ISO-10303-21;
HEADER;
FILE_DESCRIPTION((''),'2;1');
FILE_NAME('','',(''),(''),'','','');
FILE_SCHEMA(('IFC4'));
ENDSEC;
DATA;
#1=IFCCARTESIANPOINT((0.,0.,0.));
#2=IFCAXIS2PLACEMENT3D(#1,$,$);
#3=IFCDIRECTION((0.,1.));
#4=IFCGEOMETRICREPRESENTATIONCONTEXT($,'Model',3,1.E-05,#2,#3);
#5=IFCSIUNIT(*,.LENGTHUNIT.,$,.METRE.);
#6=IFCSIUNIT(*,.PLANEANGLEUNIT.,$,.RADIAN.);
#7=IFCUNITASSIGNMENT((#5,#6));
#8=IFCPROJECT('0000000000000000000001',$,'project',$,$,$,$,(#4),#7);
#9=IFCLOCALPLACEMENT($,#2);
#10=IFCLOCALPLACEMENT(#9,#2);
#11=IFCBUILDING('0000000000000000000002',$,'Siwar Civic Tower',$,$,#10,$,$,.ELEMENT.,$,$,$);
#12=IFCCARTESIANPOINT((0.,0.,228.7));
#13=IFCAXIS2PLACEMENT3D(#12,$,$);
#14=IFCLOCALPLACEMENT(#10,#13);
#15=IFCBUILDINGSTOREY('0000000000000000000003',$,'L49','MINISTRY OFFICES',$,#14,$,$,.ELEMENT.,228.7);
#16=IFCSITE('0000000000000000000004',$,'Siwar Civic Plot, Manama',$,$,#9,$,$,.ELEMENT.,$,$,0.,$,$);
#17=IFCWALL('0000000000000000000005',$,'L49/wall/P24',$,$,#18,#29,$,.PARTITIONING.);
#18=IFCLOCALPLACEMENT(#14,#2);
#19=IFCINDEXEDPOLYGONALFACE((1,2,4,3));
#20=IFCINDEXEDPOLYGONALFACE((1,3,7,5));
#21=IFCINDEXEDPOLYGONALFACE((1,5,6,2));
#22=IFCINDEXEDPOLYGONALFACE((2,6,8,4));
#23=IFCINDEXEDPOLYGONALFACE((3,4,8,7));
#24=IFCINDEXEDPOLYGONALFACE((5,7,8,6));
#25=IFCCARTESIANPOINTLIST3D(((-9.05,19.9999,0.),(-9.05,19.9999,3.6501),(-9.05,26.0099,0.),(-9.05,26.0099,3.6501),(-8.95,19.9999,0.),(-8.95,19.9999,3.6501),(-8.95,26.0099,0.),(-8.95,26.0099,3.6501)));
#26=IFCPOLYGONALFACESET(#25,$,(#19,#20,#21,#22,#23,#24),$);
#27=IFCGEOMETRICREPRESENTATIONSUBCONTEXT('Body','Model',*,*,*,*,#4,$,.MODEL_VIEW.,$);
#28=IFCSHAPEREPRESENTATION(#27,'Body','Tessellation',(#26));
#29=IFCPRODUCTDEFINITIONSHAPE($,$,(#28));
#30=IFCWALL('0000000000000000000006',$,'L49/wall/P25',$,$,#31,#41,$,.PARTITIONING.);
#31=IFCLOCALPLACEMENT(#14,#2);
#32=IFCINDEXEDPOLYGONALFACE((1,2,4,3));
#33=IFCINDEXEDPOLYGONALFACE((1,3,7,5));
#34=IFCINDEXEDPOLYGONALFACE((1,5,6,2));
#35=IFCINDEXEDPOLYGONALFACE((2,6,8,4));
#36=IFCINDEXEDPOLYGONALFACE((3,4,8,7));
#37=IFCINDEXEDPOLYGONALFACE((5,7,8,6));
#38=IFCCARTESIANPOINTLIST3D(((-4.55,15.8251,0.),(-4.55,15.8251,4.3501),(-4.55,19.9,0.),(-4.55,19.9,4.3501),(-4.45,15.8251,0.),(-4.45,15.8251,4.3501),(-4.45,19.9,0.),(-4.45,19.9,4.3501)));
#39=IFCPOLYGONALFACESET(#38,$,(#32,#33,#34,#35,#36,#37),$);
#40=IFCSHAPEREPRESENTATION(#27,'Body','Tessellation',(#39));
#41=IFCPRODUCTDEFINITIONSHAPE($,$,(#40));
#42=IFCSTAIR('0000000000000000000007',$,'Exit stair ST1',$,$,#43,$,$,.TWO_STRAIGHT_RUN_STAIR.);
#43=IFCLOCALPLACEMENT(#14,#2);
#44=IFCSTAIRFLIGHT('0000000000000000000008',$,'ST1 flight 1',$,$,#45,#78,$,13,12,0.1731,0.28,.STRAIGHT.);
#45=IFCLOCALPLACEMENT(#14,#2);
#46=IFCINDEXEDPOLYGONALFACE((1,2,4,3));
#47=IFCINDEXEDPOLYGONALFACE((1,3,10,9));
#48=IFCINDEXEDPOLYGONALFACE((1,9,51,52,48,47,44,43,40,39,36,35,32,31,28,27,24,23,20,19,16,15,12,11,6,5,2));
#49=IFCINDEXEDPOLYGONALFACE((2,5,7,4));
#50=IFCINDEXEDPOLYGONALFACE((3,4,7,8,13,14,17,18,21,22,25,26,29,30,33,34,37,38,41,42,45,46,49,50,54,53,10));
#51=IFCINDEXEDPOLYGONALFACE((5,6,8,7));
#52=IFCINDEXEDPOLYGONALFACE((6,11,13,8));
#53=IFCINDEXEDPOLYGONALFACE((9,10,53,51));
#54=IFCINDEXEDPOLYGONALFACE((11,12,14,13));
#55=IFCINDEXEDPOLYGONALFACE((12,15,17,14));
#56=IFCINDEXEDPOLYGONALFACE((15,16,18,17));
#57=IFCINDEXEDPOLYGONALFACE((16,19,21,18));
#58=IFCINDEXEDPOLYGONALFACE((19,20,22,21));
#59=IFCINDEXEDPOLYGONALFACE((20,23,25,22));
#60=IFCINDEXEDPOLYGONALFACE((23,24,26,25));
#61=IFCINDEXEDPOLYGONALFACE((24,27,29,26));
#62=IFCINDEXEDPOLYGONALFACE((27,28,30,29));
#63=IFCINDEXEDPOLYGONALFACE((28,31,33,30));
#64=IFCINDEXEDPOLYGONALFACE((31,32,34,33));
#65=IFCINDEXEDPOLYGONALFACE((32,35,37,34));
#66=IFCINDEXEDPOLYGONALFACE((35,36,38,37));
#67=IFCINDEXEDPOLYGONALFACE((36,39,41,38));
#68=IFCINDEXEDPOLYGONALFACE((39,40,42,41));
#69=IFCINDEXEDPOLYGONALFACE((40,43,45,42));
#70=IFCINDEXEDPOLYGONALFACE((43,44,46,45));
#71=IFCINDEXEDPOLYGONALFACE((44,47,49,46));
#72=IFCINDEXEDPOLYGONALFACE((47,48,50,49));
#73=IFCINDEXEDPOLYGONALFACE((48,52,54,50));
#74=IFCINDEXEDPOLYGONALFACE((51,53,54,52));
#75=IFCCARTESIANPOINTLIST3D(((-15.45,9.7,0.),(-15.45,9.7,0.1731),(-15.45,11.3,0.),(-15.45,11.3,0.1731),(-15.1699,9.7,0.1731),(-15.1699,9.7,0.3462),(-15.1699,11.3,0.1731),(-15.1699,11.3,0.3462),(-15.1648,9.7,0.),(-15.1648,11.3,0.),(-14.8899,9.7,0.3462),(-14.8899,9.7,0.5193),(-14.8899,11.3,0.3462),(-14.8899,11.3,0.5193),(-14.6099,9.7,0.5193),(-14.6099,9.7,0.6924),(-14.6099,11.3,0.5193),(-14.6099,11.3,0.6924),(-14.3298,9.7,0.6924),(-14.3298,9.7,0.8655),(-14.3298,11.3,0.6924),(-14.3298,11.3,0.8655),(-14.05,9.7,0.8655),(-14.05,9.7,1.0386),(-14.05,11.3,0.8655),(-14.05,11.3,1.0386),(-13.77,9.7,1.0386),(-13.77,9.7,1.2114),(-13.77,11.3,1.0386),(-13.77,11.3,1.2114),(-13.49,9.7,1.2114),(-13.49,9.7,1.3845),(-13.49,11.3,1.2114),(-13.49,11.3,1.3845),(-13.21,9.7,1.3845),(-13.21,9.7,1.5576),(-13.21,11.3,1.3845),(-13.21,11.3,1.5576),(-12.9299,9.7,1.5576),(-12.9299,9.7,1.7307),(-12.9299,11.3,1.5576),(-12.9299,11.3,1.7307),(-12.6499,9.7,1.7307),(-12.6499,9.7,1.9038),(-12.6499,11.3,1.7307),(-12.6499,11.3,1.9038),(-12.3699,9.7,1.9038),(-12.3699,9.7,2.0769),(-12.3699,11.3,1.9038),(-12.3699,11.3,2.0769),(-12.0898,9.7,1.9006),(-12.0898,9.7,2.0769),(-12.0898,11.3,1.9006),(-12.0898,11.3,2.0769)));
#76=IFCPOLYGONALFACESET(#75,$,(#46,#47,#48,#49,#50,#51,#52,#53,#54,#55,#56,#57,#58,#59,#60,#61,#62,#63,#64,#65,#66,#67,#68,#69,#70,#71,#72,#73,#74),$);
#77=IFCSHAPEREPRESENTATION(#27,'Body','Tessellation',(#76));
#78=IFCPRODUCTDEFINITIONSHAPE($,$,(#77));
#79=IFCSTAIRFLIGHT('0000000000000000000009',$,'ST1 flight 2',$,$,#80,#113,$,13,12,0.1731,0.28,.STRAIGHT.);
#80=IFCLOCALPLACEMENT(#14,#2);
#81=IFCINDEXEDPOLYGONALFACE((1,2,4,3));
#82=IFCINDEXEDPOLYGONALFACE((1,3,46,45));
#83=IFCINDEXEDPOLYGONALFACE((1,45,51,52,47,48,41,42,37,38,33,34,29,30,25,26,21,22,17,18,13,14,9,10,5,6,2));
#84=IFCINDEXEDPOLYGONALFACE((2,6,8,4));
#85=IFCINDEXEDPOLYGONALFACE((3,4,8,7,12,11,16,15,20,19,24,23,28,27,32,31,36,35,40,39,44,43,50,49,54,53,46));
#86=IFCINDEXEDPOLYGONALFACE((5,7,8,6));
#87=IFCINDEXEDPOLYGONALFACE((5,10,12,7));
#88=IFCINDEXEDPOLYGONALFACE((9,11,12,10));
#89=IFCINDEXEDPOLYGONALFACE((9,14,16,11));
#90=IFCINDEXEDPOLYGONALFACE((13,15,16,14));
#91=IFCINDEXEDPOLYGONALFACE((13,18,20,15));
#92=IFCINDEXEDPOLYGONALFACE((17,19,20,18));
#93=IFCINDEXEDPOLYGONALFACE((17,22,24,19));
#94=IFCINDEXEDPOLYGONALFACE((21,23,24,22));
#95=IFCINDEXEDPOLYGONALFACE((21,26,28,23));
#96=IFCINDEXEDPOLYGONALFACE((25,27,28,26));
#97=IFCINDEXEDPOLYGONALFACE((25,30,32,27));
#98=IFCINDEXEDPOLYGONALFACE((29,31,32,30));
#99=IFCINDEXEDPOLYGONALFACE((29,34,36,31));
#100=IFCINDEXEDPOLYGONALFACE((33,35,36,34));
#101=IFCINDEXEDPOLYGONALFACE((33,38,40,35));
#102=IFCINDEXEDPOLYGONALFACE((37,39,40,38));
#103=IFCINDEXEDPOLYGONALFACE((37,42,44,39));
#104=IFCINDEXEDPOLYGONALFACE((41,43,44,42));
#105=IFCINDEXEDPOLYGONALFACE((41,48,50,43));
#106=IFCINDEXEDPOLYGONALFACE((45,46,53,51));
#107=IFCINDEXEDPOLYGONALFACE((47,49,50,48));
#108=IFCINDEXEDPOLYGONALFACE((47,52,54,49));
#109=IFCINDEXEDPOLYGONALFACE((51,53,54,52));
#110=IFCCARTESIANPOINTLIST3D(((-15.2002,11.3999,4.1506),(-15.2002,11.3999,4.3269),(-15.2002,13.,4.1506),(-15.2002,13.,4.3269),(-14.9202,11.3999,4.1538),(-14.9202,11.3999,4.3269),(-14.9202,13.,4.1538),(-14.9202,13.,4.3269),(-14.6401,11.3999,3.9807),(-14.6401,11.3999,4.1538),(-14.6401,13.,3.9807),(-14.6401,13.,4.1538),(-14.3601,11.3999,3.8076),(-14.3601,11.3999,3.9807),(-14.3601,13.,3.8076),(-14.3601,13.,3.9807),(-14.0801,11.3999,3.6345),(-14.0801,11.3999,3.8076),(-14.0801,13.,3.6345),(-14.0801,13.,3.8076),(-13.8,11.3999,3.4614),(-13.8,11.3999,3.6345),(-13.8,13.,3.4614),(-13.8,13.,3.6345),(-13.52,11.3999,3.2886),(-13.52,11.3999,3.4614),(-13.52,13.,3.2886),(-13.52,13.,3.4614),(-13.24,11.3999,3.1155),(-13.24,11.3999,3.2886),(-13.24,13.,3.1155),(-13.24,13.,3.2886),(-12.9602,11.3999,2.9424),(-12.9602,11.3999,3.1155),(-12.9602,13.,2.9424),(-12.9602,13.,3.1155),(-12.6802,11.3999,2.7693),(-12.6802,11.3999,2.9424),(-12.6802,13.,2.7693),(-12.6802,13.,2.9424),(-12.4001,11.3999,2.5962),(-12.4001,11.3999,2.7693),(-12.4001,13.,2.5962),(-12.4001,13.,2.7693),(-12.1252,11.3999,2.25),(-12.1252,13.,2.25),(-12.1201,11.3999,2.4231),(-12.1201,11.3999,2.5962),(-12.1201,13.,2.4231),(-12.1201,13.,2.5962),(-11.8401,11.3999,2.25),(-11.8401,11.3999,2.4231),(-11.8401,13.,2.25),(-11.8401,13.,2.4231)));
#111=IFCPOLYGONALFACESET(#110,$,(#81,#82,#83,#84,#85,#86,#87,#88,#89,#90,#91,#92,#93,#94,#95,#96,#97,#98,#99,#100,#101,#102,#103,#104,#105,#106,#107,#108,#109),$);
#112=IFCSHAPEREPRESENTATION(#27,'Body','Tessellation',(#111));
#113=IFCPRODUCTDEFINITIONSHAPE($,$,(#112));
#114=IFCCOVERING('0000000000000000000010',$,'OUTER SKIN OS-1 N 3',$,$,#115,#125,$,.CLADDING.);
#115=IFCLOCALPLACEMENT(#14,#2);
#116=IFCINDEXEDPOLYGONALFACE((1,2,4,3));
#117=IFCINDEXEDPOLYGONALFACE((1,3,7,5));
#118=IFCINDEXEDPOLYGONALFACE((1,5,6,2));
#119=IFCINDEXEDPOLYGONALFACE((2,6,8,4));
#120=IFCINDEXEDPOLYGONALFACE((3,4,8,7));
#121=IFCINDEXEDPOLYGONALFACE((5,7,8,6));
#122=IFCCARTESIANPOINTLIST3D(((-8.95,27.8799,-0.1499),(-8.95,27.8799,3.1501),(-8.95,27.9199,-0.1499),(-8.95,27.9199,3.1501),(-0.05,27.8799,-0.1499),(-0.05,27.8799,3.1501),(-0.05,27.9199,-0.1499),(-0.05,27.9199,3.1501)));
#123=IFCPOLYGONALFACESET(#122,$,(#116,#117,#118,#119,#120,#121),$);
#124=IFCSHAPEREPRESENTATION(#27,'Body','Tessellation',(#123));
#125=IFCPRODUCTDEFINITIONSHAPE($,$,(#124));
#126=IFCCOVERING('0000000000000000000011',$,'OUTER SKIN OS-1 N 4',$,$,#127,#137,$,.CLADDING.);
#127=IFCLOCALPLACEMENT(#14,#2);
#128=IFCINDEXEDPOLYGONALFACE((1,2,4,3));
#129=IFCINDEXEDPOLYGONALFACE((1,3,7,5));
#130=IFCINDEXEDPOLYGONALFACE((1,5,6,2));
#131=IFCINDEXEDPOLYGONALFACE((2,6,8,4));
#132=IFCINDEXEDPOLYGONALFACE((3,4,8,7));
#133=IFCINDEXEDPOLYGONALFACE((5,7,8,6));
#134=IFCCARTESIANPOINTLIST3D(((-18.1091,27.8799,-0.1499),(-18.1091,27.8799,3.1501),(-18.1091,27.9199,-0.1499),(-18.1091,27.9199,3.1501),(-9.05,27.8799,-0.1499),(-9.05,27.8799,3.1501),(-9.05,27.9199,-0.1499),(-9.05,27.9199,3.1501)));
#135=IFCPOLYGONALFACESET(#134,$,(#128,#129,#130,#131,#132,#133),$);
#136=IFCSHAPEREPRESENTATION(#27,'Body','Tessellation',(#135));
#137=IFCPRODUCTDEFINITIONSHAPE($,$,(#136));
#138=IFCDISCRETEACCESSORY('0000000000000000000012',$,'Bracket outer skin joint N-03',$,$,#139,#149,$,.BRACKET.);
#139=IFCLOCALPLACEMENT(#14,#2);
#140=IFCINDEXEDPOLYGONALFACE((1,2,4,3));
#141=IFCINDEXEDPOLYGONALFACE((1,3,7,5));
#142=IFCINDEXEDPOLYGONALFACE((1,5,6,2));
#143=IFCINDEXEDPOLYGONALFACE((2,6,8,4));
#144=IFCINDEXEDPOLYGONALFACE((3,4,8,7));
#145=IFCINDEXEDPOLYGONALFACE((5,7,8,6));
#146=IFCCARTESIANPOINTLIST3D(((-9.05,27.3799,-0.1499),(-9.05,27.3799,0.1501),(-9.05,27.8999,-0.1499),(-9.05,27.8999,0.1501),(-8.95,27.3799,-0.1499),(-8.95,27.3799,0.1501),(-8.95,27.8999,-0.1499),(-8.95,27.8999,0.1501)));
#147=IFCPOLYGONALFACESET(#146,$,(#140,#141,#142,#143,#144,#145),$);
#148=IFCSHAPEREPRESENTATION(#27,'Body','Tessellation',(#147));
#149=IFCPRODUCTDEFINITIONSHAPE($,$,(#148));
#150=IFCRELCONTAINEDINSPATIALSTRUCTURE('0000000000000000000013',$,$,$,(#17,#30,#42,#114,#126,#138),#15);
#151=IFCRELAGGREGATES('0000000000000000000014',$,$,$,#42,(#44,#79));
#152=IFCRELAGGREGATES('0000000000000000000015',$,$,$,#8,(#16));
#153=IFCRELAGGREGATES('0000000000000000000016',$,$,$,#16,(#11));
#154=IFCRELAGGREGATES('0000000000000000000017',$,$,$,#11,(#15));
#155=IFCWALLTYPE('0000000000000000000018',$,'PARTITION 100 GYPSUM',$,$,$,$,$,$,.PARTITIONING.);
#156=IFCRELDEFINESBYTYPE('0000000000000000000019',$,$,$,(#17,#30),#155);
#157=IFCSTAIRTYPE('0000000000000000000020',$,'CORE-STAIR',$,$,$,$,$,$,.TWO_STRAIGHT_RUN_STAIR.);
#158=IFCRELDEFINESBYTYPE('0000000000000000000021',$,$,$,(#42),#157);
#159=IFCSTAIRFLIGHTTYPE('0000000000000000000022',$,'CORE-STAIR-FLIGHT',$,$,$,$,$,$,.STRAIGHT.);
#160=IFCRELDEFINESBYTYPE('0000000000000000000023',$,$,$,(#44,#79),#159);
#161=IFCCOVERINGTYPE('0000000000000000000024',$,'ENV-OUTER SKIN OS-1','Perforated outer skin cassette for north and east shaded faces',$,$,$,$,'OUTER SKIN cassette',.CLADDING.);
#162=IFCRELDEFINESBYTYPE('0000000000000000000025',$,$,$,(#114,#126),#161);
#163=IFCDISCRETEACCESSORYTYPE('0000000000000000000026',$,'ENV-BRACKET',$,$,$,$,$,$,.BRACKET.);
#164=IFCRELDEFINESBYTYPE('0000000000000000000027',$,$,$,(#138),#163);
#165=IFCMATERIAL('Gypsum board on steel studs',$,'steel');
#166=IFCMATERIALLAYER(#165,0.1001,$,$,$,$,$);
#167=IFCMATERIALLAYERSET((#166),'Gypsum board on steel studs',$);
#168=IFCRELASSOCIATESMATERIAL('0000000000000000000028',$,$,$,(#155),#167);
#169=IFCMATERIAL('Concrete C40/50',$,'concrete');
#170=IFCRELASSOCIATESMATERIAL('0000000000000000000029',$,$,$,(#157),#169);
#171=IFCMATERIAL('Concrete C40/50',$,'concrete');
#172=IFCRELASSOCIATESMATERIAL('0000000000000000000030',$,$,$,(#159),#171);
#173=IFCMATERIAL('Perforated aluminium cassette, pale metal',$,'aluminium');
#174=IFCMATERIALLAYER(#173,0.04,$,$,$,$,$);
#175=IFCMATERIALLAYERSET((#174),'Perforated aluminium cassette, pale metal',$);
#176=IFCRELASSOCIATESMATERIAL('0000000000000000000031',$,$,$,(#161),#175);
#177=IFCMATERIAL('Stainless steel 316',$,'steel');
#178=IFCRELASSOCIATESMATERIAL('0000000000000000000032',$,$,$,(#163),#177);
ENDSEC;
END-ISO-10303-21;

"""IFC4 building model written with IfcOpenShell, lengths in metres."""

from ifc_helpers import new_model, si_unit, direction, frame, frame_2d, origin, origin_2d, place, context, subcontext, project, spatial, polyline, rectangle, outline, extrude, material, layer, layer_set, type_object, element, aggregate, save


model = new_model("IFC4")

# Units and contexts
model_context = context("Model", 3, precision=1e-05, world=origin(), true_north=direction((0.0, 1.0)))
body_context = subcontext(model_context, "Body", "Model", "MODEL_VIEW")
ifc_project = project(units=[si_unit("LENGTHUNIT", "METRE"), si_unit("PLANEANGLEUNIT", "RADIAN")], contexts=[model_context])

# Site, building, storey
site_placement = place(None, origin())
site = spatial("IfcSite", under=ifc_project, at=site_placement, Name="Siwar Civic Plot, Manama", CompositionType="ELEMENT", RefElevation=0.0)
building_placement = place(site_placement, origin())
building = spatial("IfcBuilding", under=site, at=building_placement, Name="Siwar Civic Tower", CompositionType="ELEMENT")
storey_placement = place(building_placement, frame((0.0, 0.0, 228.7)))
storey = spatial("IfcBuildingStorey", under=building, at=storey_placement, Name="L49", Description="MINISTRY OFFICES", CompositionType="ELEMENT", Elevation=228.7)

# Walls
ifc_material_1 = material(Name="Gypsum board on steel studs", Category="steel")
ifc_layer_1 = layer(ifc_material_1, 0.1001)
ifc_layer_set_1 = layer_set([ifc_layer_1], Name="Gypsum board on steel studs")
wall_type_1 = type_object("IfcWallType", Name="PARTITION 100 GYPSUM", PredefinedType="PARTITIONING", material=ifc_layer_set_1)
wall_1_placement = place(storey_placement, frame((-9.0, 20.0, 0.0), z_axis=(0.0, 0.0, 1.0), x_axis=(0.0, 1.0, 0.0)))
element("IfcWall", 1, at=wall_1_placement, inside=storey, type_object=wall_type_1, Name="L49/wall/P24", PredefinedType="PARTITIONING", context=body_context, shape_type="SweptSolid", body=[
    extrude(rectangle(XDim=6.01, YDim=0.1001, at=frame_2d((3.0049, 0.0))), origin(), (0.0, 0.0, 1.0), 3.6501),
])
wall_2_placement = place(storey_placement, frame((-4.5, 15.825, 0.0), z_axis=(0.0, 0.0, 1.0), x_axis=(0.0, 1.0, 0.0)))
element("IfcWall", 2, at=wall_2_placement, inside=storey, type_object=wall_type_1, Name="L49/wall/P25", PredefinedType="PARTITIONING", context=body_context, shape_type="SweptSolid", body=[
    extrude(rectangle(XDim=4.075, YDim=0.1001, at=frame_2d((2.0376, 0.0))), origin(), (0.0, 0.0, 1.0), 4.3501),
])

# Stair, stair flights
ifc_material_2 = material(Name="Concrete C40/50", Category="concrete")
stair_type = type_object("IfcStairType", Name="CORE-STAIR", PredefinedType="TWO_STRAIGHT_RUN_STAIR", material=ifc_material_2)
stair_placement = place(storey_placement, origin())
stair = element("IfcStair", 3, at=stair_placement, inside=storey, type_object=stair_type, Name="Exit stair ST1", PredefinedType="TWO_STRAIGHT_RUN_STAIR")
ifc_material_3 = material(Name="Concrete C40/50", Category="concrete")
stair_flight_type = type_object("IfcStairFlightType", Name="CORE-STAIR-FLIGHT", PredefinedType="STRAIGHT", material=ifc_material_3)
stair_flight_1_placement = place(storey_placement, frame((-15.45, 10.5, 0.0), z_axis=(0.0, 0.0, 1.0), x_axis=(1.0, 0.0, 0.0)))
stair_flight_1 = element("IfcStairFlight", 4, at=stair_flight_1_placement, type_object=stair_flight_type, Name="ST1 flight 1", NumberOfRisers=13, NumberOfTreads=12, PredefinedType="STRAIGHT", RiserHeight=0.1731, TreadLength=0.28, context=body_context, shape_type="SweptSolid", body=[
    extrude(outline(polyline([(0.0, 0.0), (0.0, 0.1731), (0.28, 0.1731), (0.28, 0.3462), (0.5601, 0.3462), (0.5601, 0.5193), (0.8401, 0.5193), (0.8401, 0.6924), (1.1201, 0.6924), (1.1201, 0.8655), (1.3999, 0.8655), (1.3999, 1.0386), (1.6799, 1.0386), (1.6799, 1.2114), (1.96, 1.2114), (1.96, 1.3845), (2.24, 1.3845), (2.24, 1.5576), (2.52, 1.5576), (2.52, 1.7307), (2.8, 1.7307), (2.8, 1.9038), (3.0801, 1.9038), (3.0801, 2.0769), (3.3601, 2.0769), (3.3601, 2.25), (3.3601, 1.9006), (0.2852, 0.0), (0.0, 0.0)])), frame((0.0, 0.8, 0.0), z_axis=(0.0, -1.0, 0.0), x_axis=(1.0, 0.0, 0.0)), (0.0, 0.0, 1.0), 1.6001),
])
stair_flight_2_placement = place(storey_placement, frame((-11.8401, 12.2, 2.25), z_axis=(0.0, 0.0, 1.0), x_axis=(-1.0, 0.0, 0.0)))
stair_flight_2 = element("IfcStairFlight", 5, at=stair_flight_2_placement, type_object=stair_flight_type, Name="ST1 flight 2", NumberOfRisers=13, NumberOfTreads=12, PredefinedType="STRAIGHT", RiserHeight=0.1731, TreadLength=0.28, context=body_context, shape_type="SweptSolid", body=[
    extrude(outline(polyline([(0.0, 0.0), (0.0, 0.1731), (0.28, 0.1731), (0.28, 0.3462), (0.5601, 0.3462), (0.5601, 0.5193), (0.8401, 0.5193), (0.8401, 0.6924), (1.1201, 0.6924), (1.1201, 0.8655), (1.3999, 0.8655), (1.3999, 1.0386), (1.6799, 1.0386), (1.6799, 1.2114), (1.96, 1.2114), (1.96, 1.3845), (2.24, 1.3845), (2.24, 1.5576), (2.52, 1.5576), (2.52, 1.7307), (2.8, 1.7307), (2.8, 1.9038), (3.0801, 1.9038), (3.0801, 2.0769), (3.3601, 2.0769), (3.3601, 2.25), (3.3601, 1.9006), (0.2852, 0.0), (0.0, 0.0)])), frame((0.0, 0.8, 0.0), z_axis=(0.0, -1.0, 0.0), x_axis=(1.0, 0.0, 0.0)), (0.0, 0.0, 1.0), 1.6001),
])
aggregate(stair, [stair_flight_1, stair_flight_2])

# Coverings
ifc_material_4 = material(Name="Perforated aluminium cassette, pale metal", Category="aluminium")
ifc_layer_2 = layer(ifc_material_4, 0.04)
ifc_layer_set_2 = layer_set([ifc_layer_2], Name="Perforated aluminium cassette, pale metal")
covering_type = type_object("IfcCoveringType", Name="ENV-OUTER SKIN OS-1", Description="Perforated outer skin cassette for north and east shaded faces", ElementType="OUTER SKIN cassette", PredefinedType="CLADDING", material=ifc_layer_set_2)
covering_1_placement = place(storey_placement, frame((-4.5, 27.8999, -0.1499), z_axis=(0.0, 0.0, 1.0), x_axis=(-1.0, 0.0, 0.0)))
element("IfcCovering", 6, at=covering_1_placement, inside=storey, type_object=covering_type, Name="OUTER SKIN OS-1 N 3", PredefinedType="CLADDING", context=body_context, shape_type="SweptSolid", body=[
    extrude(rectangle(XDim=8.8999, YDim=0.04, at=origin_2d()), origin(), (0.0, 0.0, 1.0), 3.3),
])
covering_2_placement = place(storey_placement, frame((-13.5796, 27.8999, -0.1499), z_axis=(0.0, 0.0, 1.0), x_axis=(-1.0, 0.0, 0.0)))
element("IfcCovering", 7, at=covering_2_placement, inside=storey, type_object=covering_type, Name="OUTER SKIN OS-1 N 4", PredefinedType="CLADDING", context=body_context, shape_type="SweptSolid", body=[
    extrude(rectangle(XDim=9.0591, YDim=0.04, at=origin_2d()), origin(), (0.0, 0.0, 1.0), 3.3),
])

# Discrete accessory
ifc_material_5 = material(Name="Stainless steel 316", Category="steel")
discrete_accessory_type = type_object("IfcDiscreteAccessoryType", Name="ENV-BRACKET", PredefinedType="BRACKET", material=ifc_material_5)
discrete_accessory_placement = place(storey_placement, frame((-9.0, 27.6399, -0.1499), z_axis=(0.0, 0.0, 1.0), x_axis=(0.0, 1.0, 0.0)))
element("IfcDiscreteAccessory", 8, at=discrete_accessory_placement, inside=storey, type_object=discrete_accessory_type, Name="Bracket outer skin joint N-03", PredefinedType="BRACKET", context=body_context, shape_type="SweptSolid", body=[
    extrude(rectangle(XDim=0.52, YDim=0.1001, at=origin_2d()), origin(), (0.0, 0.0, 1.0), 0.3),
])

save(model, "model.ifc")
